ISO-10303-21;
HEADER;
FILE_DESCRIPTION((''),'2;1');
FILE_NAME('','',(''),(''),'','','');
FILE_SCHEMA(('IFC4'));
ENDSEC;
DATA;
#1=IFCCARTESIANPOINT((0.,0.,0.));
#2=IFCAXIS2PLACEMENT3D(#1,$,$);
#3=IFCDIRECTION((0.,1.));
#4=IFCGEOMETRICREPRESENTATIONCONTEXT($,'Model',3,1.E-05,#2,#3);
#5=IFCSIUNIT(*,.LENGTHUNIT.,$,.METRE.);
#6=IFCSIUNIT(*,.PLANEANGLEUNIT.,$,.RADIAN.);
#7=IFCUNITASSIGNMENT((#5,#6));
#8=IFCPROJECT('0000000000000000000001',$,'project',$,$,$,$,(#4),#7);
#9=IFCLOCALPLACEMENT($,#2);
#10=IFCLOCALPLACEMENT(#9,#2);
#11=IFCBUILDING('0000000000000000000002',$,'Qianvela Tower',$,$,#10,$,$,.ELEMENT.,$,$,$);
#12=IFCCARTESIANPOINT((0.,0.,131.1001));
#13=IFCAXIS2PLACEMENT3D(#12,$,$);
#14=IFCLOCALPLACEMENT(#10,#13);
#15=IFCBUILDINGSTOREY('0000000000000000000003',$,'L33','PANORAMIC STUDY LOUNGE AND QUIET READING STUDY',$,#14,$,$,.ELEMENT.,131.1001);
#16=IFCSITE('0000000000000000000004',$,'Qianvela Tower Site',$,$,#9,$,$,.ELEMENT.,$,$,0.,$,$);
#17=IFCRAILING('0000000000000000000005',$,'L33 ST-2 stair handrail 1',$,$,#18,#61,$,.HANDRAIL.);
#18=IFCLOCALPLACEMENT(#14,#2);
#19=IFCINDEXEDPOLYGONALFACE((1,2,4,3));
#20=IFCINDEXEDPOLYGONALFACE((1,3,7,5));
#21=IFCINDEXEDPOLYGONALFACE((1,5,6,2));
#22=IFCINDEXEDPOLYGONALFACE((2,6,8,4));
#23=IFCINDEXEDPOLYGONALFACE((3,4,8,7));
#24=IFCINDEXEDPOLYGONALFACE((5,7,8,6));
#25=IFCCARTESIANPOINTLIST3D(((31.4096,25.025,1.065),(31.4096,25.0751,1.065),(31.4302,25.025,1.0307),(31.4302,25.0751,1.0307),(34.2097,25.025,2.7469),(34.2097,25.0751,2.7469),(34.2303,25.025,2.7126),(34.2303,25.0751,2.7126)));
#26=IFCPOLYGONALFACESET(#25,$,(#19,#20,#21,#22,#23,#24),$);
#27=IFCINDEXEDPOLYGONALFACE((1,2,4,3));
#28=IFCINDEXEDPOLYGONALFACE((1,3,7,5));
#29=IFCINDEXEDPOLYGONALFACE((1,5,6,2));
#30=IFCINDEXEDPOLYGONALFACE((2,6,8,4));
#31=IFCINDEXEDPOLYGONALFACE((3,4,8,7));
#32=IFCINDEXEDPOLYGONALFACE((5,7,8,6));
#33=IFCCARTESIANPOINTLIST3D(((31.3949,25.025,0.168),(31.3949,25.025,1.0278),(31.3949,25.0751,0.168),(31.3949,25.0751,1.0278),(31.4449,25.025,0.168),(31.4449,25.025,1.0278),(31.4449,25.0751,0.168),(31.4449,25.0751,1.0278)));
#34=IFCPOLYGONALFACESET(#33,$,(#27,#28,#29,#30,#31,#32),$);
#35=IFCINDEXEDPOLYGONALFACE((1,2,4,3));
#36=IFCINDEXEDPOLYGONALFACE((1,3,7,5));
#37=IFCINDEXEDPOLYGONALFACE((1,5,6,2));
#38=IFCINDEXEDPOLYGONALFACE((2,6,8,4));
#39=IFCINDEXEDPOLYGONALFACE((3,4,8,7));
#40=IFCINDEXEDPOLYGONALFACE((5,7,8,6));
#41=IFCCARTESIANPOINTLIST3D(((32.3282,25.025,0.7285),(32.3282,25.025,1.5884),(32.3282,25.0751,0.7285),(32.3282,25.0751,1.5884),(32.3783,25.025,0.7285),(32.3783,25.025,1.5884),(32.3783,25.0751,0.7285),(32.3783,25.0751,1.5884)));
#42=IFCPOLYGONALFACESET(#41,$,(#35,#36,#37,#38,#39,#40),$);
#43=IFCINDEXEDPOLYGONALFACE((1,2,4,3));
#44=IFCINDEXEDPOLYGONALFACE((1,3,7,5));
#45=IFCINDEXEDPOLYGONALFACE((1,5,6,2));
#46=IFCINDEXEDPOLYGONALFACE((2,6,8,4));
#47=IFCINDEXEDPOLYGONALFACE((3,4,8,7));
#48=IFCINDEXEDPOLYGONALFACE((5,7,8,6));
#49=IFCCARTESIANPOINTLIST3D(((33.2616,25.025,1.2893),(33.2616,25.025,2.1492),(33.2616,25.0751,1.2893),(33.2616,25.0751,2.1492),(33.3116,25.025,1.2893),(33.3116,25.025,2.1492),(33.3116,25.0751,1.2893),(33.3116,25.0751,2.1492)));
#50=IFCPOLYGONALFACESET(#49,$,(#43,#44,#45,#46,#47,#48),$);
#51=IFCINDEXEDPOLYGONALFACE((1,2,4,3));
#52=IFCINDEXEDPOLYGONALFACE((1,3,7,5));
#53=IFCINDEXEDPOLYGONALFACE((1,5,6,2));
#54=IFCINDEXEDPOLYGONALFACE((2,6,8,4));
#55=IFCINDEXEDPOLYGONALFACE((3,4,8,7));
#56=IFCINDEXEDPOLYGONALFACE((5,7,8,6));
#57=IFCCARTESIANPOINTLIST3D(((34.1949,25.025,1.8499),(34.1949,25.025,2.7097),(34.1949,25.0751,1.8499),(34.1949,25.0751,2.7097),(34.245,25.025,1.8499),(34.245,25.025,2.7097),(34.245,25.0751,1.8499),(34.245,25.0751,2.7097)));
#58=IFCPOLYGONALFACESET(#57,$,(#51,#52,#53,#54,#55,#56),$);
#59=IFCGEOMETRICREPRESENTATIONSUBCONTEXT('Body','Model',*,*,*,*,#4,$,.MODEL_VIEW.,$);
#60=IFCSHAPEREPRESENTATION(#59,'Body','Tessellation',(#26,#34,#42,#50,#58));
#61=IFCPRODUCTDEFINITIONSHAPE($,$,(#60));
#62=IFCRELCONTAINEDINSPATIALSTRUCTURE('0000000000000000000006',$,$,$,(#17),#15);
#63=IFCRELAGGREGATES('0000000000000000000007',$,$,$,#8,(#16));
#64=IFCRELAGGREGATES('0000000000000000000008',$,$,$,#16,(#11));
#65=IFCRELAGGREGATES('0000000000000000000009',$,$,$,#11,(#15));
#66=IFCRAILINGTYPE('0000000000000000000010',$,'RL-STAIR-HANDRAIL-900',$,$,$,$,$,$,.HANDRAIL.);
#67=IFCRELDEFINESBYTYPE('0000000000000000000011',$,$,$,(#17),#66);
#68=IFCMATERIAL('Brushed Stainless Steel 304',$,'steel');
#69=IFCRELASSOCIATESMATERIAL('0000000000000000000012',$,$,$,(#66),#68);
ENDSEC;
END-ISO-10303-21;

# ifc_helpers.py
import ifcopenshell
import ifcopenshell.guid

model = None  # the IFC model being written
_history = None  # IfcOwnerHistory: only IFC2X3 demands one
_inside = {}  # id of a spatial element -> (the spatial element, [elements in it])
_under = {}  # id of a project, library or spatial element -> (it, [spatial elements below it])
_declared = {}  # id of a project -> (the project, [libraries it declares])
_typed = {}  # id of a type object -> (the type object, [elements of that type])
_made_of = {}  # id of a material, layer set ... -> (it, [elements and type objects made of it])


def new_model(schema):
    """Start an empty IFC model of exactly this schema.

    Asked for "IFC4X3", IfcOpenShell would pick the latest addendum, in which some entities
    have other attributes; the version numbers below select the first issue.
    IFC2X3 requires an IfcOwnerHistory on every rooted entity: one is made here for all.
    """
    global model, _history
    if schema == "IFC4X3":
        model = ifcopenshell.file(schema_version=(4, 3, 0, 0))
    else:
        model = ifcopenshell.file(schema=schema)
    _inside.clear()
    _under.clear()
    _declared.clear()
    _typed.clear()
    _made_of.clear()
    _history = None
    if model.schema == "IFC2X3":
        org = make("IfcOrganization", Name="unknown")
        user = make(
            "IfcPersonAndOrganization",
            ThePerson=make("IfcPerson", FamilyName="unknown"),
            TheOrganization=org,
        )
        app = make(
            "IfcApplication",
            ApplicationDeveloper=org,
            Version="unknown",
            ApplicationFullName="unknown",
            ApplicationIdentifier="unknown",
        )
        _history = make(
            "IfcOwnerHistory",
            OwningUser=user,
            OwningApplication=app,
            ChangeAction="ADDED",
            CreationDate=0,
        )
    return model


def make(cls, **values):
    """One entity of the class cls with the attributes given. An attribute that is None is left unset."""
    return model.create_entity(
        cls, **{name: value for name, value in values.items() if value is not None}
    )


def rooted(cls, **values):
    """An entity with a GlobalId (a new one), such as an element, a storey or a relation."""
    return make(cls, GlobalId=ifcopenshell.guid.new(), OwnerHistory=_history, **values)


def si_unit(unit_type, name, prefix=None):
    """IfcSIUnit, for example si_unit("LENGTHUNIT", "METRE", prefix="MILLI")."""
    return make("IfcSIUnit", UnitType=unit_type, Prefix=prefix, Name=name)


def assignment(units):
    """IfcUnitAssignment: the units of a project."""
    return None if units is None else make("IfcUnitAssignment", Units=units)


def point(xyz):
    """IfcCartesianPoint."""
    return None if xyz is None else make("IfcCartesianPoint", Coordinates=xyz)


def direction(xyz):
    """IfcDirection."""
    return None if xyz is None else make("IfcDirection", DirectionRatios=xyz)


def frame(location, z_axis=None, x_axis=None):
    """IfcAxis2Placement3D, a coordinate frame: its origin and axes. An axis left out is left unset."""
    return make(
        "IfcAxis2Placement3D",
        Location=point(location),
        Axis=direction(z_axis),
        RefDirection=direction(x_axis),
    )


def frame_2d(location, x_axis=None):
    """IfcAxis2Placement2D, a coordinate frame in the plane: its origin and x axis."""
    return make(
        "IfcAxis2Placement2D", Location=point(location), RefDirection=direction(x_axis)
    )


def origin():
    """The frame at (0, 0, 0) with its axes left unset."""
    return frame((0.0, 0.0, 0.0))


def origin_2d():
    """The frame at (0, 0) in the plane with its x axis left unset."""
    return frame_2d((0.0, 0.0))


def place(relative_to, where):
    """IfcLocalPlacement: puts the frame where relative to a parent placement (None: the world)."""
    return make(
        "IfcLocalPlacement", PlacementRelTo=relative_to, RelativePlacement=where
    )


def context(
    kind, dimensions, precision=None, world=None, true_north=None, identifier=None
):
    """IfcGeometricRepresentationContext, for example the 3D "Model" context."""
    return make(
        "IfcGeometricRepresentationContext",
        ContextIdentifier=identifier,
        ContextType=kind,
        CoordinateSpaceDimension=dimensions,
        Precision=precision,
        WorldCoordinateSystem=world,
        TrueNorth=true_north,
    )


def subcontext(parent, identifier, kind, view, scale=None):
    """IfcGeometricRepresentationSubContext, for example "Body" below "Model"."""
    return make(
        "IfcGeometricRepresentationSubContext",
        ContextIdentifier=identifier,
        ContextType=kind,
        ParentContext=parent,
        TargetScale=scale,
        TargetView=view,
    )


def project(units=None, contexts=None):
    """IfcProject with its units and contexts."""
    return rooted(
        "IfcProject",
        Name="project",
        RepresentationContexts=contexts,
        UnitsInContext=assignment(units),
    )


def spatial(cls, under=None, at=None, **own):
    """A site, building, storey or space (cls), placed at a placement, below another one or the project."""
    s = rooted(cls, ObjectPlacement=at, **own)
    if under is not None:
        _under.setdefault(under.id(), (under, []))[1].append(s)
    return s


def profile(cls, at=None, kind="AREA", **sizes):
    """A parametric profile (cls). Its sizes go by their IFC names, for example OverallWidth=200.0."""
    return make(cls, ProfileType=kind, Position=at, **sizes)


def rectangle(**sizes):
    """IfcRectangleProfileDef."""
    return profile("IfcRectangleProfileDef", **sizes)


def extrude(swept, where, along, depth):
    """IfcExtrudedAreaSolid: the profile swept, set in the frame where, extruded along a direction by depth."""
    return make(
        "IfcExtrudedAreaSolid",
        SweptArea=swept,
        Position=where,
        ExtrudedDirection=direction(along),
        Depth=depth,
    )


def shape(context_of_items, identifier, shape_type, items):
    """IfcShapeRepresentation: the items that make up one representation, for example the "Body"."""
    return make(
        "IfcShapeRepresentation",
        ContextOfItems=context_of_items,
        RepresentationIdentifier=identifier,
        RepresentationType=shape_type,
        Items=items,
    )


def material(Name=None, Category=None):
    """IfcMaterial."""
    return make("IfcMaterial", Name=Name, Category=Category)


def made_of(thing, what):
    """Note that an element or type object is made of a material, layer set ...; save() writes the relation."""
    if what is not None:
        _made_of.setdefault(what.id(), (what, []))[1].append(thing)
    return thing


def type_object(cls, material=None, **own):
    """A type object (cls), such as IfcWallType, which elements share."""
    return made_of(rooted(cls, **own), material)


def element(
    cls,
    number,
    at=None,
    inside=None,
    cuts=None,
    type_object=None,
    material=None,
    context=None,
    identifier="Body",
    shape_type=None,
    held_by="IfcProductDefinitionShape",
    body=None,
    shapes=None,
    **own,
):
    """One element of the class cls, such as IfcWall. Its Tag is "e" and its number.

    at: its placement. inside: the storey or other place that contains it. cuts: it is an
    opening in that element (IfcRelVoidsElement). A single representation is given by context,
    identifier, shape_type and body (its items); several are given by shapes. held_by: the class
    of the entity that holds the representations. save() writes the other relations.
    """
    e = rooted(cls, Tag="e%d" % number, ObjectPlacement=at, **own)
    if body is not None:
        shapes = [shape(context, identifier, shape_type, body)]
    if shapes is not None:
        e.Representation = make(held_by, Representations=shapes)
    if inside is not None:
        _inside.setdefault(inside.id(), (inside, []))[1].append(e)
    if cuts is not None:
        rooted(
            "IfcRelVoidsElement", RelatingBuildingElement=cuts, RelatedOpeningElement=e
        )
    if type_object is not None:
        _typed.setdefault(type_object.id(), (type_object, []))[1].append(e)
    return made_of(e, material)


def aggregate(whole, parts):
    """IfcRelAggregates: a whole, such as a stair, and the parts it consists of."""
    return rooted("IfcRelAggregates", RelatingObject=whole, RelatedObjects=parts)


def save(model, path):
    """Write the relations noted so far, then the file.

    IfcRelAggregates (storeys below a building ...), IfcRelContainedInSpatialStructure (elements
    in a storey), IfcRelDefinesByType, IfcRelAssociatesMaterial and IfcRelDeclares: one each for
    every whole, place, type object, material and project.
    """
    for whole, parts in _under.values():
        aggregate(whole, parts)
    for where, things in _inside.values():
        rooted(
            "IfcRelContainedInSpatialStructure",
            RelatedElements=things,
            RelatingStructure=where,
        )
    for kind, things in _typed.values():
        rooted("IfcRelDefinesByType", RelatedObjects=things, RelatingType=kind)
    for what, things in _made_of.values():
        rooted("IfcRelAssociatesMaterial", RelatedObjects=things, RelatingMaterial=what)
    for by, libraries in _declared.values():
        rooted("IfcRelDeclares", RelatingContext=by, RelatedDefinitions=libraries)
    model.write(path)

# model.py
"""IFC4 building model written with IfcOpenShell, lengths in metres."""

from ifc_helpers import new_model, si_unit, direction, frame, origin, origin_2d, place, context, subcontext, project, spatial, rectangle, extrude, material, type_object, element, save


model = new_model("IFC4")

# Units and contexts
model_context = context("Model", 3, precision=1e-05, world=origin(), true_north=direction((0.0, 1.0)))
body_context = subcontext(model_context, "Body", "Model", "MODEL_VIEW")
ifc_project = project(units=[si_unit("LENGTHUNIT", "METRE"), si_unit("PLANEANGLEUNIT", "RADIAN")], contexts=[model_context])

# Site, building, storey
site_placement = place(None, origin())
site = spatial("IfcSite", under=ifc_project, at=site_placement, Name="Qianvela Tower Site", CompositionType="ELEMENT", RefElevation=0.0)
building_placement = place(site_placement, origin())
building = spatial("IfcBuilding", under=site, at=building_placement, Name="Qianvela Tower", CompositionType="ELEMENT")
storey_placement = place(building_placement, frame((0.0, 0.0, 131.1001)))
storey = spatial("IfcBuildingStorey", under=building, at=storey_placement, Name="L33", Description="PANORAMIC STUDY LOUNGE AND QUIET READING STUDY", CompositionType="ELEMENT", Elevation=131.1001)

# Railing
ifc_material_1 = material(Name="Brushed Stainless Steel 304", Category="steel")
railing_type_1 = type_object("IfcRailingType", Name="RL-STAIR-HANDRAIL-900", PredefinedType="HANDRAIL", material=ifc_material_1)
railing_1_placement = place(storey_placement, frame((31.4199, 25.05, 0.168)))
element("IfcRailing", 1, at=railing_1_placement, inside=storey, type_object=railing_type_1, Name="L33 ST-2 stair handrail 1", PredefinedType="HANDRAIL", context=body_context, shape_type="SweptSolid", body=[
    extrude(rectangle(XDim=0.05, YDim=0.04, at=origin_2d()), frame((0.0, 0.0, 0.8799), z_axis=(0.857242, 0.0, 0.514913), x_axis=(0.0, 1.0, 0.0)), (0.0, 0.0, 1.0), 3.2664),
    extrude(rectangle(XDim=0.05, YDim=0.05, at=origin_2d()), origin(), (0.0, 0.0, 1.0), 0.8599),
    extrude(rectangle(XDim=0.05, YDim=0.05, at=origin_2d()), frame((0.9333, 0.0, 0.5605)), (0.0, 0.0, 1.0), 0.8599),
    extrude(rectangle(XDim=0.05, YDim=0.05, at=origin_2d()), frame((1.8667, 0.0, 1.1213)), (0.0, 0.0, 1.0), 0.8599),
    extrude(rectangle(XDim=0.05, YDim=0.05, at=origin_2d()), frame((2.8, 0.0, 1.6819)), (0.0, 0.0, 1.0), 0.8599),
])

save(model, "model.ifc")
